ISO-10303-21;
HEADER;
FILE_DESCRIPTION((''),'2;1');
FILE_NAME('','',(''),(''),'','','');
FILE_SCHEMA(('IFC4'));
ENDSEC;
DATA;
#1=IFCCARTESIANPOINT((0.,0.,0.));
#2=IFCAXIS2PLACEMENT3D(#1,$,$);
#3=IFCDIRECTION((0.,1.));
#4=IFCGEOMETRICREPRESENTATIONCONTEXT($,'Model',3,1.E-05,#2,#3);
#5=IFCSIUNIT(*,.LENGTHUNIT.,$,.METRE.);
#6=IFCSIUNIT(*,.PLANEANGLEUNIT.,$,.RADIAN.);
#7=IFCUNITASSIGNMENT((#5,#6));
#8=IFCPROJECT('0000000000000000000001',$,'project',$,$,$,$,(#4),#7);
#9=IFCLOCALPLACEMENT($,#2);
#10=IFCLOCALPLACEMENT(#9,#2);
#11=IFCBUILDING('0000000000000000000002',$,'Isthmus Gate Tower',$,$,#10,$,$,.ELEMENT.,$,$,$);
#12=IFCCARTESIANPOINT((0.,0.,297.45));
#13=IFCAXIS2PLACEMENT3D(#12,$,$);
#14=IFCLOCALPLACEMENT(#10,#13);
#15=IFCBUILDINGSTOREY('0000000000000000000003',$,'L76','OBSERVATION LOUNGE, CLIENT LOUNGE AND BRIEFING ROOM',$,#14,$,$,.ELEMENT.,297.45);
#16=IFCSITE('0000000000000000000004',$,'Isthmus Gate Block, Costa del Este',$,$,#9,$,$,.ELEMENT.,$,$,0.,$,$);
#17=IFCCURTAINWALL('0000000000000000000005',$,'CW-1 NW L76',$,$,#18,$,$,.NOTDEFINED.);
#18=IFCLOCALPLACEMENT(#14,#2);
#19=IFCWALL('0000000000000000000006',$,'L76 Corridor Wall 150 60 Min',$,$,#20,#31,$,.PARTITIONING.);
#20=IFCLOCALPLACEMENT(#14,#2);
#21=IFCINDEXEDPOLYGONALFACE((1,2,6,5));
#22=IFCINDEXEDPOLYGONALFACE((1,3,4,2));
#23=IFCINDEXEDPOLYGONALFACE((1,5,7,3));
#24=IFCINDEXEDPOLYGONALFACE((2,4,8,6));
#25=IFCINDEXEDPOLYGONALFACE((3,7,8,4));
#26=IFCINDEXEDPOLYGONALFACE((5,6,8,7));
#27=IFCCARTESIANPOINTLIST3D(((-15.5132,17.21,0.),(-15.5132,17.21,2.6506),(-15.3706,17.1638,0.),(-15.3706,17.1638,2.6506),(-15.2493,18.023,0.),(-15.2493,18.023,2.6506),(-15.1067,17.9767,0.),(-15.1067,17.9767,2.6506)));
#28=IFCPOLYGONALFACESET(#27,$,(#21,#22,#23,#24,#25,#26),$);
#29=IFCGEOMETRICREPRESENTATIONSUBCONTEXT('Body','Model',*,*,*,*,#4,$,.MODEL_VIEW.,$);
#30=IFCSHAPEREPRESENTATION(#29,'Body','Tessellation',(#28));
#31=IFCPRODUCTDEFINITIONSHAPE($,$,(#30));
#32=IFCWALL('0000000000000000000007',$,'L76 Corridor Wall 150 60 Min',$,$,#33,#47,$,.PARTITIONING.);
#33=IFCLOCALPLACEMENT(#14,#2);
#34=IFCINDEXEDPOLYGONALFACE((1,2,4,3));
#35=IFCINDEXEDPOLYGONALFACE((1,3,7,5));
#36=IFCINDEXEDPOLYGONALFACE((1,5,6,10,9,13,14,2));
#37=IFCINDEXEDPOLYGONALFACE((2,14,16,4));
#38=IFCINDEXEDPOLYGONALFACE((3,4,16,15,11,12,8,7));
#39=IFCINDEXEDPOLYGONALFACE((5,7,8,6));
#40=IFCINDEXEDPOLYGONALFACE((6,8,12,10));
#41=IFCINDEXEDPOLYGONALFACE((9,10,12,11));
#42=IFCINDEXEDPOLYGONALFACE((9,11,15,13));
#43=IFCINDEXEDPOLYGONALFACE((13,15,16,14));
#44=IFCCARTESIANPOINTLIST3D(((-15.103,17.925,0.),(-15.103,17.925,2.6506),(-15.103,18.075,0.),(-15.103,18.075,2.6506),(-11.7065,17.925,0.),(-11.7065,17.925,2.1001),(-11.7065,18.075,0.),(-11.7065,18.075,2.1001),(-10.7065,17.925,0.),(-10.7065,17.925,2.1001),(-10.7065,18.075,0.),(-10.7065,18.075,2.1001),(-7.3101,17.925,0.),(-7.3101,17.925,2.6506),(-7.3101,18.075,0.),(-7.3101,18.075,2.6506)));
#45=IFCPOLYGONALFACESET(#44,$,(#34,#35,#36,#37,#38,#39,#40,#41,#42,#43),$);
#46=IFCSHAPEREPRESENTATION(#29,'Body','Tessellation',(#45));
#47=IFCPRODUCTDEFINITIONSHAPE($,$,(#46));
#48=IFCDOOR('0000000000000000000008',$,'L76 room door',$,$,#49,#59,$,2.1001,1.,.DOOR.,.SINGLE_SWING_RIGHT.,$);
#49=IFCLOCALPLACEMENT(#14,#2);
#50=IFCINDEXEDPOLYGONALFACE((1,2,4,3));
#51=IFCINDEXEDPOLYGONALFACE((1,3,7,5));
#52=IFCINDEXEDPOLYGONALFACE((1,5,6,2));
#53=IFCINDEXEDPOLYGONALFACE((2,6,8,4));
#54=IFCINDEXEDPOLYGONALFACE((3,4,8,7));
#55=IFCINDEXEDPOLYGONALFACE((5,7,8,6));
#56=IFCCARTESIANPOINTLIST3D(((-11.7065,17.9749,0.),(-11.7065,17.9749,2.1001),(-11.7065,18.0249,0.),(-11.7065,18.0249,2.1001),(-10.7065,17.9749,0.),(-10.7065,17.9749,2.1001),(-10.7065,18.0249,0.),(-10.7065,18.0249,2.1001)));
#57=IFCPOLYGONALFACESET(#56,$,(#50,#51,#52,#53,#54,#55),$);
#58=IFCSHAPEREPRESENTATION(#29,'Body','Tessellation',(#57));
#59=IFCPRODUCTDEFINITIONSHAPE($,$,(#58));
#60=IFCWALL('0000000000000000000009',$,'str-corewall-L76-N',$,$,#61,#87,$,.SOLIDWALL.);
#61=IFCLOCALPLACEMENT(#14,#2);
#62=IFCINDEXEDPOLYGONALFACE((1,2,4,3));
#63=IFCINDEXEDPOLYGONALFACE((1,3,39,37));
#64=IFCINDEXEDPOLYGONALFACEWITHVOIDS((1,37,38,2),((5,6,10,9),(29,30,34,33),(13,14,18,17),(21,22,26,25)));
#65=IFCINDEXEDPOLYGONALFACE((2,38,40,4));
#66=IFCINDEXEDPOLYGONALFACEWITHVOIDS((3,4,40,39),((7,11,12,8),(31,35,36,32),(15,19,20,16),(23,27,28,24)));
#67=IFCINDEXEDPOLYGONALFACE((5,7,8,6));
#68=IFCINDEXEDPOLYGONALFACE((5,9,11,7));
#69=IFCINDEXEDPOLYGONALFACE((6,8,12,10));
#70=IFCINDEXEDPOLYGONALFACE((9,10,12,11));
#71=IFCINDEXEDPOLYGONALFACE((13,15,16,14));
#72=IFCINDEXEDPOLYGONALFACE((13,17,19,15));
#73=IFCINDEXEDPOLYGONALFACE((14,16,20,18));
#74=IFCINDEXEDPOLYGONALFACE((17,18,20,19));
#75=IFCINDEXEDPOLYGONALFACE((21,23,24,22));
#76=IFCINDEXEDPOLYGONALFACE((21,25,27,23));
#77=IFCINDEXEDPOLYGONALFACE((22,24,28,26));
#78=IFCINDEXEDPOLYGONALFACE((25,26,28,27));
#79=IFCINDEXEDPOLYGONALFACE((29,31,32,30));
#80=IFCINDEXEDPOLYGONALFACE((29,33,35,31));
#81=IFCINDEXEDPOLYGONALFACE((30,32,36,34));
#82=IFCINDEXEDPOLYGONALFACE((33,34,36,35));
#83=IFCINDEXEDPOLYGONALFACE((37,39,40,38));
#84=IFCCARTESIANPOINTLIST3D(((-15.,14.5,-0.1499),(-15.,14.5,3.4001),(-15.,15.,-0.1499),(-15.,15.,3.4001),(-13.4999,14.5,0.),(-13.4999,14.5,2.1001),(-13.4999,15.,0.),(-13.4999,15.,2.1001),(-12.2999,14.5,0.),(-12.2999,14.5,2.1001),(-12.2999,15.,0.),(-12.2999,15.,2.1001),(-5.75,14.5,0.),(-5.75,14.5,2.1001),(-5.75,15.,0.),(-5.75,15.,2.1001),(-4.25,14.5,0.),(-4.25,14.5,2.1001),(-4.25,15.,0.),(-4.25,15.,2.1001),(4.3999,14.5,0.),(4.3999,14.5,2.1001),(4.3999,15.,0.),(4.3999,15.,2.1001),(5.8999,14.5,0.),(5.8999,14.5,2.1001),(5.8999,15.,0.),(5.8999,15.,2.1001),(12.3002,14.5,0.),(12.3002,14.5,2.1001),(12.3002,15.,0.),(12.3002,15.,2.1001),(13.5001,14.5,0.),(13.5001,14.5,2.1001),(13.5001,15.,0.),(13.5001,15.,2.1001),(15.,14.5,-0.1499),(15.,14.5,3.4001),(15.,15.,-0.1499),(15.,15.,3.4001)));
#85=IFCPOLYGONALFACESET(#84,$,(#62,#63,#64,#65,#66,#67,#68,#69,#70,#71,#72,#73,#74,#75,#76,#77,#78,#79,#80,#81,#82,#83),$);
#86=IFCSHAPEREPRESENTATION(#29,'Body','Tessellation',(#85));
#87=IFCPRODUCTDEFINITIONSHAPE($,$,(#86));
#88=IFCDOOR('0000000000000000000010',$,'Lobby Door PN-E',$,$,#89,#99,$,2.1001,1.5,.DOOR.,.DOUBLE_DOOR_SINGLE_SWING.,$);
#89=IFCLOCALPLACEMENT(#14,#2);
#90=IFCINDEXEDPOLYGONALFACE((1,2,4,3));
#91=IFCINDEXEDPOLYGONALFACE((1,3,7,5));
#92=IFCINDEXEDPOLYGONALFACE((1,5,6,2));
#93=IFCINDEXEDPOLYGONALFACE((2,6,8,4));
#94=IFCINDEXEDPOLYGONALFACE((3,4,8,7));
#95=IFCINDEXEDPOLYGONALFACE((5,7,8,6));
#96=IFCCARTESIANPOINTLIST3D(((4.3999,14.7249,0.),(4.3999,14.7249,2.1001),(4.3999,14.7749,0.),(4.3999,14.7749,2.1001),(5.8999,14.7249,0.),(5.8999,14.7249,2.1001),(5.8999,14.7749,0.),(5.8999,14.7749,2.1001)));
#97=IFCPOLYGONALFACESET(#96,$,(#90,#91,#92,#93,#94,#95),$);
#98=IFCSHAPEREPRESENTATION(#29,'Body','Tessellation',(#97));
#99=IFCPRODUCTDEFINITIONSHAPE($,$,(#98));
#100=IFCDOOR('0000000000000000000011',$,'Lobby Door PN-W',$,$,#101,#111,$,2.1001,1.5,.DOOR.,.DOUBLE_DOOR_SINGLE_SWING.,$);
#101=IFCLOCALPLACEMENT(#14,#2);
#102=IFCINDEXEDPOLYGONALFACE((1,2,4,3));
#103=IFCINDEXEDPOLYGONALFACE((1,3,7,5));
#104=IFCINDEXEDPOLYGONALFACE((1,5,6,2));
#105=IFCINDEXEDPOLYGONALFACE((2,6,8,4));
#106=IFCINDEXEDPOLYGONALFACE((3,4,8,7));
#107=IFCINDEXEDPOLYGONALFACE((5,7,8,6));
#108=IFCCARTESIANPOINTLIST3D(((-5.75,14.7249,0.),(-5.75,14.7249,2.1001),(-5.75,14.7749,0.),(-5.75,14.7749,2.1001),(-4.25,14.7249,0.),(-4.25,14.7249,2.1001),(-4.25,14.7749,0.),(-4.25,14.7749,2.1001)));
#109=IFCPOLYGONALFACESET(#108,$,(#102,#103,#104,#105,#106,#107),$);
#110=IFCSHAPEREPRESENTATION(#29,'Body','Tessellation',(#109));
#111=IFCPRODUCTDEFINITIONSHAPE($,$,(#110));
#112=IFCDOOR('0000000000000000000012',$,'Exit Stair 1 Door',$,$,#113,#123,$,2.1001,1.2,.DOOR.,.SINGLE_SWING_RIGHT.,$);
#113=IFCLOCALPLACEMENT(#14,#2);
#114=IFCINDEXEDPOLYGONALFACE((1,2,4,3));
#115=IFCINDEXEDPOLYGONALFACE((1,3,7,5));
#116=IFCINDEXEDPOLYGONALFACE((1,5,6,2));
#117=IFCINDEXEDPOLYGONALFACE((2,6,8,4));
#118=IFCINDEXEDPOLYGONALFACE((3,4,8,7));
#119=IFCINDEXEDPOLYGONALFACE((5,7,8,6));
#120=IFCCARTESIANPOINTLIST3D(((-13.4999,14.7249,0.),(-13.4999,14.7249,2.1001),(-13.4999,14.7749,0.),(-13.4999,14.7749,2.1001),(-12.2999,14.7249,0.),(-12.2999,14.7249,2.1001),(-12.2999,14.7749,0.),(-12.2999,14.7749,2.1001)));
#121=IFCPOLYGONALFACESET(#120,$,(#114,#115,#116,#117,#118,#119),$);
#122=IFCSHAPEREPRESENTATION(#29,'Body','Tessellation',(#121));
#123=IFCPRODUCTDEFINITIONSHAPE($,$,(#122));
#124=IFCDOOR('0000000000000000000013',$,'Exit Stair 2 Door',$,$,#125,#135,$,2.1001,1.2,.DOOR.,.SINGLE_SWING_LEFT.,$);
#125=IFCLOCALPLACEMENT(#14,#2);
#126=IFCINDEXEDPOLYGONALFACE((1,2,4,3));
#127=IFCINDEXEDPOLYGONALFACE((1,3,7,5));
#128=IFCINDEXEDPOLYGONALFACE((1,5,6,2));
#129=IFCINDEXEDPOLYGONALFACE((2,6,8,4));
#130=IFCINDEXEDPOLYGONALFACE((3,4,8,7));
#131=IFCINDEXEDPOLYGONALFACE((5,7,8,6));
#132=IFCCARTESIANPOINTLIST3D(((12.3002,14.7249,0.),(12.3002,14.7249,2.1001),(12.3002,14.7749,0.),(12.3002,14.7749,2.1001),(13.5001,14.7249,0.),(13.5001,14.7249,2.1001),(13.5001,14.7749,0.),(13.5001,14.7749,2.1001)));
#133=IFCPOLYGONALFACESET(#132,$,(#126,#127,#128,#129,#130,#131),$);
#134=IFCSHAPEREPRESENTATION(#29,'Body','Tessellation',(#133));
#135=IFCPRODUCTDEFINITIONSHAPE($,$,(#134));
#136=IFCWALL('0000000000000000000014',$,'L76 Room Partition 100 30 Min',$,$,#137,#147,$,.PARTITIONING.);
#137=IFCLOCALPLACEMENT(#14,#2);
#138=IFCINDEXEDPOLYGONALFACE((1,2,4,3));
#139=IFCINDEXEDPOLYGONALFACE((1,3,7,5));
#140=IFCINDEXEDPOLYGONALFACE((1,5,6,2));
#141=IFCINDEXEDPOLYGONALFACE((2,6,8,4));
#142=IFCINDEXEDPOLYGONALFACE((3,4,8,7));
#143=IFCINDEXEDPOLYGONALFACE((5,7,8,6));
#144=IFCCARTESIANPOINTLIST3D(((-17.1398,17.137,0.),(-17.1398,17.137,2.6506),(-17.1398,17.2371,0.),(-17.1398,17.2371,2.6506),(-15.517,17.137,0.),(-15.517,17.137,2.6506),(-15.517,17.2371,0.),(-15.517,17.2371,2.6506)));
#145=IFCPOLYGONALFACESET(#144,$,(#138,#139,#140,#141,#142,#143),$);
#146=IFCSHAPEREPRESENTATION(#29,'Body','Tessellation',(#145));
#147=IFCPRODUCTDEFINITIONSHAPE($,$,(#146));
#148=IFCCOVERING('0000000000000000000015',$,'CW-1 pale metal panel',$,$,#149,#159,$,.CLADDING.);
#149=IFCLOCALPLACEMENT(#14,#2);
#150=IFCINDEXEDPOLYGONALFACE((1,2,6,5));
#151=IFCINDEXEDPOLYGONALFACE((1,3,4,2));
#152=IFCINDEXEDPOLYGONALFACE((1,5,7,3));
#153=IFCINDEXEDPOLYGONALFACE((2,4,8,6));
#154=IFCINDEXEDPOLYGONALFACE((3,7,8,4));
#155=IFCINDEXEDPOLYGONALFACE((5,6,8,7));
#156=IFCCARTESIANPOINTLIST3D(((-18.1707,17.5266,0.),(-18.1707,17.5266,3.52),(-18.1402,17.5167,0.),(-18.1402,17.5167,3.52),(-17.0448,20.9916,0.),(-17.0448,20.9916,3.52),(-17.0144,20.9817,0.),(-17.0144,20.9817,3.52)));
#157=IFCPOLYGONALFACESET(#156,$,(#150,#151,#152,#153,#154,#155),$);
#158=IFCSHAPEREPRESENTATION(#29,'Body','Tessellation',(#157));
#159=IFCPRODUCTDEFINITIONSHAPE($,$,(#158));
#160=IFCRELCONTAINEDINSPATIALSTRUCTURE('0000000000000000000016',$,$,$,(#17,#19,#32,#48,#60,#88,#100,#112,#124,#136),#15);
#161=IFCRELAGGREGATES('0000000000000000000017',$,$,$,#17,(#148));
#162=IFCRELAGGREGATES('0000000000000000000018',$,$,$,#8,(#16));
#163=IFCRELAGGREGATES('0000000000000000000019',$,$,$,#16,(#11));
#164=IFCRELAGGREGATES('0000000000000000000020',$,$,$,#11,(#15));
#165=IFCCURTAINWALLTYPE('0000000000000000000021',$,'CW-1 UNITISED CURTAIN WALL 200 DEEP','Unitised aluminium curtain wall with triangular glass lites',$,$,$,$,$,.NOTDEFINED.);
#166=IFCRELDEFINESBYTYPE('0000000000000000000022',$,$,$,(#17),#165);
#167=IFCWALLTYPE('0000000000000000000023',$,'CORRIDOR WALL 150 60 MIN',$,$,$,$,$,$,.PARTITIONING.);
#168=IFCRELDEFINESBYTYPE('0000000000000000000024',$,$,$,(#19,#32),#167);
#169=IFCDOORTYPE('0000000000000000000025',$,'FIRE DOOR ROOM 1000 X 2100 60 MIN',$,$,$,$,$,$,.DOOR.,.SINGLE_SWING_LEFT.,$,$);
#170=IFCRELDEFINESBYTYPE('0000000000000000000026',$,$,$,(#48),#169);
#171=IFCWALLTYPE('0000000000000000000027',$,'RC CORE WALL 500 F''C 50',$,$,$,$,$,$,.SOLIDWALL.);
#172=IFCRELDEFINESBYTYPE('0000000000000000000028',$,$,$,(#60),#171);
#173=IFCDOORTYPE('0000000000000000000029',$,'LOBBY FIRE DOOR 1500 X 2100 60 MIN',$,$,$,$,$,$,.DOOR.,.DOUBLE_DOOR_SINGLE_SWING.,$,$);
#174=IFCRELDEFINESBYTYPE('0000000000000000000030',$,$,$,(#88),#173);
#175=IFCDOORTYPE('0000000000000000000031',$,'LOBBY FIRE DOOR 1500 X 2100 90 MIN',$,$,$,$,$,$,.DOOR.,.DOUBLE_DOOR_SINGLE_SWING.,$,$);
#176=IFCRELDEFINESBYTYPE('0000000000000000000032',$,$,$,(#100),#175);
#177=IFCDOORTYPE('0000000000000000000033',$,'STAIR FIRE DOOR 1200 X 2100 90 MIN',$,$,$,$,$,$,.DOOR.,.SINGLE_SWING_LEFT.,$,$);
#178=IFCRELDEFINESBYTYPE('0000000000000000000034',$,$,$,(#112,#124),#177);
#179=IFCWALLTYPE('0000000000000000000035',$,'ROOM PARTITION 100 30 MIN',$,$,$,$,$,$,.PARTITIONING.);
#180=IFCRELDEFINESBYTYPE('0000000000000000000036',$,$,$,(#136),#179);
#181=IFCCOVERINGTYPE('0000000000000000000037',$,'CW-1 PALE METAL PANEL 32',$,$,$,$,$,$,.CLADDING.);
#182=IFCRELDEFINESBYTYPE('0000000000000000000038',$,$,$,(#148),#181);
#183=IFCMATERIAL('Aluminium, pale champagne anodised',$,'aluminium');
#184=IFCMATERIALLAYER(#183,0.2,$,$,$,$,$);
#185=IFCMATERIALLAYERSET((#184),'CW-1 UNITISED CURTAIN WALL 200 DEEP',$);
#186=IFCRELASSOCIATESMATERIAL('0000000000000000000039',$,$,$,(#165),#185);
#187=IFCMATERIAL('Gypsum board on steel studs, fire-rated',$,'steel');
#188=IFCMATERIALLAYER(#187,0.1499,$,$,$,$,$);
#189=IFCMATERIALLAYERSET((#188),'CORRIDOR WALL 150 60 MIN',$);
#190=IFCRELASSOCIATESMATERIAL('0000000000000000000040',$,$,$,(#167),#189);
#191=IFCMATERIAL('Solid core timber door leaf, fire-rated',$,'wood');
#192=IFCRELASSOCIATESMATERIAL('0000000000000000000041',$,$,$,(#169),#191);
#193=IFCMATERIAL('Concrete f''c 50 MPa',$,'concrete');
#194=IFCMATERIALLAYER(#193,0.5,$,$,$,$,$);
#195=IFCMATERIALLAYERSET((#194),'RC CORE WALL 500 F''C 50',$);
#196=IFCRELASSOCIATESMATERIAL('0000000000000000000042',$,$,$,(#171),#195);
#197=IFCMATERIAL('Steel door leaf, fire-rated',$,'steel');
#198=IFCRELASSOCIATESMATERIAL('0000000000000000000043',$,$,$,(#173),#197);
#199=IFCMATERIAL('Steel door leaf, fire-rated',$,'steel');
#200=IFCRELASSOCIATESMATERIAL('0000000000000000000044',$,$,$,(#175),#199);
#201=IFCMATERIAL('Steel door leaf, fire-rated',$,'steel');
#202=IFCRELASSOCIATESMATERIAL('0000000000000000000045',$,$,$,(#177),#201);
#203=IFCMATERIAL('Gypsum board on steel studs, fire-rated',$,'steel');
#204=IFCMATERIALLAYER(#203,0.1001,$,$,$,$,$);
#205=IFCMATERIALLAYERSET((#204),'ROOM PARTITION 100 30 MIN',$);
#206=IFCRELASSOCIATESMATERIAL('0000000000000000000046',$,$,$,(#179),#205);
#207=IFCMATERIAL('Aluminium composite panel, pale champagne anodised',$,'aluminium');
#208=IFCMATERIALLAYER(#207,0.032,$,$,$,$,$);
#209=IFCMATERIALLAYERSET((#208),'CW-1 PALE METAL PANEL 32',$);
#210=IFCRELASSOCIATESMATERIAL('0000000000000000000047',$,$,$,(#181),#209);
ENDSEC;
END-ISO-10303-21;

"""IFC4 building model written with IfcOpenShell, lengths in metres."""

from ifc_helpers import new_model, si_unit, direction, frame, frame_2d, origin, origin_2d, place, context, subcontext, project, spatial, rectangle, extrude, material, layer, layer_set, type_object, element, fill, aggregate, save


model = new_model("IFC4")

# Units and contexts
model_context = context("Model", 3, precision=1e-05, world=origin(), true_north=direction((0.0, 1.0)))
body_context = subcontext(model_context, "Body", "Model", "MODEL_VIEW")
ifc_project = project(units=[si_unit("LENGTHUNIT", "METRE"), si_unit("PLANEANGLEUNIT", "RADIAN")], contexts=[model_context])

# Site, building, storey
site_placement = place(None, origin())
site = spatial("IfcSite", under=ifc_project, at=site_placement, Name="Isthmus Gate Block, Costa del Este", CompositionType="ELEMENT", RefElevation=0.0)
building_placement = place(site_placement, origin())
building = spatial("IfcBuilding", under=site, at=building_placement, Name="Isthmus Gate Tower", CompositionType="ELEMENT")
storey_placement = place(building_placement, frame((0.0, 0.0, 297.45)))
storey = spatial("IfcBuildingStorey", under=building, at=storey_placement, Name="L76", Description="OBSERVATION LOUNGE, CLIENT LOUNGE AND BRIEFING ROOM", CompositionType="ELEMENT", Elevation=297.45)

# Curtain wall
ifc_material_1 = material(Name="Aluminium, pale champagne anodised", Category="aluminium")
ifc_layer_1 = layer(ifc_material_1, 0.2)
ifc_layer_set_1 = layer_set([ifc_layer_1], Name="CW-1 UNITISED CURTAIN WALL 200 DEEP")
curtain_wall_type = type_object("IfcCurtainWallType", Name="CW-1 UNITISED CURTAIN WALL 200 DEEP", Description="Unitised aluminium curtain wall with triangular glass lites", PredefinedType="NOTDEFINED", material=ifc_layer_set_1)
curtain_wall_1_placement = place(storey_placement, origin())
curtain_wall_1 = element("IfcCurtainWall", 1, at=curtain_wall_1_placement, inside=storey, type_object=curtain_wall_type, Name="CW-1 NW L76", PredefinedType="NOTDEFINED")

# Wall
ifc_material_2 = material(Name="Gypsum board on steel studs, fire-rated", Category="steel")
ifc_layer_2 = layer(ifc_material_2, 0.1499)
ifc_layer_set_2 = layer_set([ifc_layer_2], Name="CORRIDOR WALL 150 60 MIN")
wall_type_1 = type_object("IfcWallType", Name="CORRIDOR WALL 150 60 MIN", PredefinedType="PARTITIONING", material=ifc_layer_set_2)
wall_1_placement = place(storey_placement, frame((-15.4419, 17.187, 0.0), z_axis=(0.0, 0.0, 1.0), x_axis=(0.308763, 0.951139, 0.0)))
element("IfcWall", 2, at=wall_1_placement, inside=storey, type_object=wall_type_1, Name="L76 Corridor Wall 150 60 Min", PredefinedType="PARTITIONING", context=body_context, shape_type="SweptSolid", body=[
    extrude(rectangle(XDim=0.8547, YDim=0.1499, at=frame_2d((0.4272, 0.0))), origin(), (0.0, 0.0, 1.0), 2.6506),
])

# Wall, opening, door
wall_2_placement = place(storey_placement, frame((-15.103, 18.0, 0.0), z_axis=(0.0, 0.0, 1.0), x_axis=(1.0, 0.0, 0.0)))
wall_2 = element("IfcWall", 3, at=wall_2_placement, inside=storey, type_object=wall_type_1, Name="L76 Corridor Wall 150 60 Min", PredefinedType="PARTITIONING", context=body_context, shape_type="SweptSolid", body=[
    extrude(rectangle(XDim=7.793, YDim=0.1499, at=frame_2d((3.8965, 0.0))), origin(), (0.0, 0.0, 1.0), 2.6506),
])
opening_1_placement = place(wall_2_placement, frame((3.3965, 0.0, 0.0)))
opening_1 = element("IfcOpeningElement", 4, at=opening_1_placement, cuts=wall_2, PredefinedType="OPENING", context=body_context, shape_type="SweptSolid", body=[
    extrude(rectangle(XDim=1.0, YDim=2.1001, at=frame_2d((0.5, 1.05))), frame((0.0, 0.085, 0.0), z_axis=(0.0, -1.0, 0.0), x_axis=(1.0, 0.0, 0.0)), (0.0, 0.0, 1.0), 0.1699),
])
ifc_material_3 = material(Name="Solid core timber door leaf, fire-rated", Category="wood")
door_type_1 = type_object("IfcDoorType", Name="FIRE DOOR ROOM 1000 X 2100 60 MIN", OperationType="SINGLE_SWING_LEFT", PredefinedType="DOOR", material=ifc_material_3)
door_1_placement = place(opening_1_placement, origin())
door_1 = element("IfcDoor", 5, at=door_1_placement, inside=storey, type_object=door_type_1, Name="L76 room door", OperationType="SINGLE_SWING_RIGHT", OverallHeight=2.1001, OverallWidth=1.0, PredefinedType="DOOR", context=body_context, shape_type="SweptSolid", body=[
    extrude(rectangle(XDim=1.0, YDim=2.1001, at=frame_2d((0.5, 1.05))), frame((0.0, 0.0249, 0.0), z_axis=(0.0, -1.0, 0.0), x_axis=(1.0, 0.0, 0.0)), (0.0, 0.0, 1.0), 0.05),
])
fill(opening_1, door_1)

# Wall, openings, doors
ifc_material_4 = material(Name="Concrete f'c 50 MPa", Category="concrete")
ifc_layer_3 = layer(ifc_material_4, 0.5)
ifc_layer_set_3 = layer_set([ifc_layer_3], Name="RC CORE WALL 500 F'C 50")
wall_type_2 = type_object("IfcWallType", Name="RC CORE WALL 500 F'C 50", PredefinedType="SOLIDWALL", material=ifc_layer_set_3)
wall_3_placement = place(storey_placement, frame((-15.0, 14.75, -0.1499), z_axis=(0.0, 0.0, 1.0), x_axis=(1.0, 0.0, 0.0)))
wall_3 = element("IfcWall", 6, at=wall_3_placement, inside=storey, type_object=wall_type_2, Name="str-corewall-L76-N", PredefinedType="SOLIDWALL", context=body_context, shape_type="SweptSolid", body=[
    extrude(rectangle(XDim=30.0, YDim=0.5, at=frame_2d((15.0, 0.0))), origin(), (0.0, 0.0, 1.0), 3.55),
])
opening_2_placement = place(wall_3_placement, frame((9.25, 0.0, 0.1499)))
opening_2 = element("IfcOpeningElement", 7, at=opening_2_placement, cuts=wall_3, PredefinedType="OPENING", context=body_context, shape_type="SweptSolid", body=[
    extrude(rectangle(XDim=1.5, YDim=2.1001, at=frame_2d((0.75, 1.05))), frame((0.0, 0.26, 0.0), z_axis=(0.0, -1.0, 0.0), x_axis=(1.0, 0.0, 0.0)), (0.0, 0.0, 1.0), 0.52),
])
opening_3_placement = place(wall_3_placement, frame((19.3999, 0.0, 0.1499)))
opening_3 = element("IfcOpeningElement", 8, at=opening_3_placement, cuts=wall_3, PredefinedType="OPENING", context=body_context, shape_type="SweptSolid", body=[
    extrude(rectangle(XDim=1.5, YDim=2.1001, at=frame_2d((0.75, 1.05))), frame((0.0, 0.26, 0.0), z_axis=(0.0, -1.0, 0.0), x_axis=(1.0, 0.0, 0.0)), (0.0, 0.0, 1.0), 0.52),
])
opening_4_placement = place(wall_3_placement, frame((1.5, 0.0, 0.1499)))
opening_4 = element("IfcOpeningElement", 9, at=opening_4_placement, cuts=wall_3, PredefinedType="OPENING", context=body_context, shape_type="SweptSolid", body=[
    extrude(rectangle(XDim=1.2, YDim=2.1001, at=frame_2d((0.6001, 1.05))), frame((0.0, 0.26, 0.0), z_axis=(0.0, -1.0, 0.0), x_axis=(1.0, 0.0, 0.0)), (0.0, 0.0, 1.0), 0.52),
])
opening_5_placement = place(wall_3_placement, frame((27.3, 0.0, 0.1499)))
opening_5 = element("IfcOpeningElement", 10, at=opening_5_placement, cuts=wall_3, PredefinedType="OPENING", context=body_context, shape_type="SweptSolid", body=[
    extrude(rectangle(XDim=1.2, YDim=2.1001, at=frame_2d((0.6001, 1.05))), frame((0.0, 0.26, 0.0), z_axis=(0.0, -1.0, 0.0), x_axis=(1.0, 0.0, 0.0)), (0.0, 0.0, 1.0), 0.52),
])
ifc_material_5 = material(Name="Steel door leaf, fire-rated", Category="steel")
door_type_2 = type_object("IfcDoorType", Name="LOBBY FIRE DOOR 1500 X 2100 60 MIN", OperationType="DOUBLE_DOOR_SINGLE_SWING", PredefinedType="DOOR", material=ifc_material_5)
door_2_placement = place(opening_3_placement, origin())
door_2 = element("IfcDoor", 11, at=door_2_placement, inside=storey, type_object=door_type_2, Name="Lobby Door PN-E", OperationType="DOUBLE_DOOR_SINGLE_SWING", OverallHeight=2.1001, OverallWidth=1.5, PredefinedType="DOOR", context=body_context, shape_type="SweptSolid", body=[
    extrude(rectangle(XDim=1.5, YDim=2.1001, at=frame_2d((0.75, 1.05))), frame((0.0, 0.0249, 0.0), z_axis=(0.0, -1.0, 0.0), x_axis=(1.0, 0.0, 0.0)), (0.0, 0.0, 1.0), 0.05),
])
fill(opening_3, door_2)
ifc_material_6 = material(Name="Steel door leaf, fire-rated", Category="steel")
door_type_3 = type_object("IfcDoorType", Name="LOBBY FIRE DOOR 1500 X 2100 90 MIN", OperationType="DOUBLE_DOOR_SINGLE_SWING", PredefinedType="DOOR", material=ifc_material_6)
door_3_placement = place(opening_2_placement, origin())
door_3 = element("IfcDoor", 12, at=door_3_placement, inside=storey, type_object=door_type_3, Name="Lobby Door PN-W", OperationType="DOUBLE_DOOR_SINGLE_SWING", OverallHeight=2.1001, OverallWidth=1.5, PredefinedType="DOOR", context=body_context, shape_type="SweptSolid", body=[
    extrude(rectangle(XDim=1.5, YDim=2.1001, at=frame_2d((0.75, 1.05))), frame((0.0, 0.0249, 0.0), z_axis=(0.0, -1.0, 0.0), x_axis=(1.0, 0.0, 0.0)), (0.0, 0.0, 1.0), 0.05),
])
fill(opening_2, door_3)
ifc_material_7 = material(Name="Steel door leaf, fire-rated", Category="steel")
door_type_4 = type_object("IfcDoorType", Name="STAIR FIRE DOOR 1200 X 2100 90 MIN", OperationType="SINGLE_SWING_LEFT", PredefinedType="DOOR", material=ifc_material_7)
door_4_placement = place(opening_4_placement, origin())
door_4 = element("IfcDoor", 13, at=door_4_placement, inside=storey, type_object=door_type_4, Name="Exit Stair 1 Door", OperationType="SINGLE_SWING_RIGHT", OverallHeight=2.1001, OverallWidth=1.2, PredefinedType="DOOR", context=body_context, shape_type="SweptSolid", body=[
    extrude(rectangle(XDim=1.2, YDim=2.1001, at=frame_2d((0.6001, 1.05))), frame((0.0, 0.0249, 0.0), z_axis=(0.0, -1.0, 0.0), x_axis=(1.0, 0.0, 0.0)), (0.0, 0.0, 1.0), 0.05),
])
fill(opening_4, door_4)
door_5_placement = place(opening_5_placement, origin())
door_5 = element("IfcDoor", 14, at=door_5_placement, inside=storey, type_object=door_type_4, Name="Exit Stair 2 Door", OperationType="SINGLE_SWING_LEFT", OverallHeight=2.1001, OverallWidth=1.2, PredefinedType="DOOR", context=body_context, shape_type="SweptSolid", body=[
    extrude(rectangle(XDim=1.2, YDim=2.1001, at=frame_2d((0.6001, 1.05))), frame((0.0, 0.0249, 0.0), z_axis=(0.0, -1.0, 0.0), x_axis=(1.0, 0.0, 0.0)), (0.0, 0.0, 1.0), 0.05),
])
fill(opening_5, door_5)

# Wall
ifc_material_8 = material(Name="Gypsum board on steel studs, fire-rated", Category="steel")
ifc_layer_4 = layer(ifc_material_8, 0.1001)
ifc_layer_set_4 = layer_set([ifc_layer_4], Name="ROOM PARTITION 100 30 MIN")
wall_type_3 = type_object("IfcWallType", Name="ROOM PARTITION 100 30 MIN", PredefinedType="PARTITIONING", material=ifc_layer_set_4)
wall_4_placement = place(storey_placement, frame((-17.1399, 17.187, 0.0), z_axis=(0.0, 0.0, 1.0), x_axis=(1.0, 0.0, 0.0)))
element("IfcWall", 15, at=wall_4_placement, inside=storey, type_object=wall_type_3, Name="L76 Room Partition 100 30 Min", PredefinedType="PARTITIONING", context=body_context, shape_type="SweptSolid", body=[
    extrude(rectangle(XDim=1.6228, YDim=0.1001, at=frame_2d((0.8115, 0.0))), origin(), (0.0, 0.0, 1.0), 2.6506),
])

# Covering
ifc_material_9 = material(Name="Aluminium composite panel, pale champagne anodised", Category="aluminium")
ifc_layer_5 = layer(ifc_material_9, 0.032)
ifc_layer_set_5 = layer_set([ifc_layer_5], Name="CW-1 PALE METAL PANEL 32")
covering_type = type_object("IfcCoveringType", Name="CW-1 PALE METAL PANEL 32", PredefinedType="CLADDING", material=ifc_layer_set_5)
covering_1_placement = place(storey_placement, frame((-17.5925, 19.2542, 0.0), z_axis=(0.0, 0.0, 1.0), x_axis=(-0.309017, -0.951057, 0.0)))
covering_1 = element("IfcCovering", 16, at=covering_1_placement, type_object=covering_type, Name="CW-1 pale metal panel", PredefinedType="CLADDING", context=body_context, shape_type="SweptSolid", body=[
    extrude(rectangle(XDim=3.6433, YDim=0.032, at=origin_2d()), origin(), (0.0, 0.0, 1.0), 3.52),
])
aggregate(curtain_wall_1, [covering_1])

save(model, "model.ifc")
